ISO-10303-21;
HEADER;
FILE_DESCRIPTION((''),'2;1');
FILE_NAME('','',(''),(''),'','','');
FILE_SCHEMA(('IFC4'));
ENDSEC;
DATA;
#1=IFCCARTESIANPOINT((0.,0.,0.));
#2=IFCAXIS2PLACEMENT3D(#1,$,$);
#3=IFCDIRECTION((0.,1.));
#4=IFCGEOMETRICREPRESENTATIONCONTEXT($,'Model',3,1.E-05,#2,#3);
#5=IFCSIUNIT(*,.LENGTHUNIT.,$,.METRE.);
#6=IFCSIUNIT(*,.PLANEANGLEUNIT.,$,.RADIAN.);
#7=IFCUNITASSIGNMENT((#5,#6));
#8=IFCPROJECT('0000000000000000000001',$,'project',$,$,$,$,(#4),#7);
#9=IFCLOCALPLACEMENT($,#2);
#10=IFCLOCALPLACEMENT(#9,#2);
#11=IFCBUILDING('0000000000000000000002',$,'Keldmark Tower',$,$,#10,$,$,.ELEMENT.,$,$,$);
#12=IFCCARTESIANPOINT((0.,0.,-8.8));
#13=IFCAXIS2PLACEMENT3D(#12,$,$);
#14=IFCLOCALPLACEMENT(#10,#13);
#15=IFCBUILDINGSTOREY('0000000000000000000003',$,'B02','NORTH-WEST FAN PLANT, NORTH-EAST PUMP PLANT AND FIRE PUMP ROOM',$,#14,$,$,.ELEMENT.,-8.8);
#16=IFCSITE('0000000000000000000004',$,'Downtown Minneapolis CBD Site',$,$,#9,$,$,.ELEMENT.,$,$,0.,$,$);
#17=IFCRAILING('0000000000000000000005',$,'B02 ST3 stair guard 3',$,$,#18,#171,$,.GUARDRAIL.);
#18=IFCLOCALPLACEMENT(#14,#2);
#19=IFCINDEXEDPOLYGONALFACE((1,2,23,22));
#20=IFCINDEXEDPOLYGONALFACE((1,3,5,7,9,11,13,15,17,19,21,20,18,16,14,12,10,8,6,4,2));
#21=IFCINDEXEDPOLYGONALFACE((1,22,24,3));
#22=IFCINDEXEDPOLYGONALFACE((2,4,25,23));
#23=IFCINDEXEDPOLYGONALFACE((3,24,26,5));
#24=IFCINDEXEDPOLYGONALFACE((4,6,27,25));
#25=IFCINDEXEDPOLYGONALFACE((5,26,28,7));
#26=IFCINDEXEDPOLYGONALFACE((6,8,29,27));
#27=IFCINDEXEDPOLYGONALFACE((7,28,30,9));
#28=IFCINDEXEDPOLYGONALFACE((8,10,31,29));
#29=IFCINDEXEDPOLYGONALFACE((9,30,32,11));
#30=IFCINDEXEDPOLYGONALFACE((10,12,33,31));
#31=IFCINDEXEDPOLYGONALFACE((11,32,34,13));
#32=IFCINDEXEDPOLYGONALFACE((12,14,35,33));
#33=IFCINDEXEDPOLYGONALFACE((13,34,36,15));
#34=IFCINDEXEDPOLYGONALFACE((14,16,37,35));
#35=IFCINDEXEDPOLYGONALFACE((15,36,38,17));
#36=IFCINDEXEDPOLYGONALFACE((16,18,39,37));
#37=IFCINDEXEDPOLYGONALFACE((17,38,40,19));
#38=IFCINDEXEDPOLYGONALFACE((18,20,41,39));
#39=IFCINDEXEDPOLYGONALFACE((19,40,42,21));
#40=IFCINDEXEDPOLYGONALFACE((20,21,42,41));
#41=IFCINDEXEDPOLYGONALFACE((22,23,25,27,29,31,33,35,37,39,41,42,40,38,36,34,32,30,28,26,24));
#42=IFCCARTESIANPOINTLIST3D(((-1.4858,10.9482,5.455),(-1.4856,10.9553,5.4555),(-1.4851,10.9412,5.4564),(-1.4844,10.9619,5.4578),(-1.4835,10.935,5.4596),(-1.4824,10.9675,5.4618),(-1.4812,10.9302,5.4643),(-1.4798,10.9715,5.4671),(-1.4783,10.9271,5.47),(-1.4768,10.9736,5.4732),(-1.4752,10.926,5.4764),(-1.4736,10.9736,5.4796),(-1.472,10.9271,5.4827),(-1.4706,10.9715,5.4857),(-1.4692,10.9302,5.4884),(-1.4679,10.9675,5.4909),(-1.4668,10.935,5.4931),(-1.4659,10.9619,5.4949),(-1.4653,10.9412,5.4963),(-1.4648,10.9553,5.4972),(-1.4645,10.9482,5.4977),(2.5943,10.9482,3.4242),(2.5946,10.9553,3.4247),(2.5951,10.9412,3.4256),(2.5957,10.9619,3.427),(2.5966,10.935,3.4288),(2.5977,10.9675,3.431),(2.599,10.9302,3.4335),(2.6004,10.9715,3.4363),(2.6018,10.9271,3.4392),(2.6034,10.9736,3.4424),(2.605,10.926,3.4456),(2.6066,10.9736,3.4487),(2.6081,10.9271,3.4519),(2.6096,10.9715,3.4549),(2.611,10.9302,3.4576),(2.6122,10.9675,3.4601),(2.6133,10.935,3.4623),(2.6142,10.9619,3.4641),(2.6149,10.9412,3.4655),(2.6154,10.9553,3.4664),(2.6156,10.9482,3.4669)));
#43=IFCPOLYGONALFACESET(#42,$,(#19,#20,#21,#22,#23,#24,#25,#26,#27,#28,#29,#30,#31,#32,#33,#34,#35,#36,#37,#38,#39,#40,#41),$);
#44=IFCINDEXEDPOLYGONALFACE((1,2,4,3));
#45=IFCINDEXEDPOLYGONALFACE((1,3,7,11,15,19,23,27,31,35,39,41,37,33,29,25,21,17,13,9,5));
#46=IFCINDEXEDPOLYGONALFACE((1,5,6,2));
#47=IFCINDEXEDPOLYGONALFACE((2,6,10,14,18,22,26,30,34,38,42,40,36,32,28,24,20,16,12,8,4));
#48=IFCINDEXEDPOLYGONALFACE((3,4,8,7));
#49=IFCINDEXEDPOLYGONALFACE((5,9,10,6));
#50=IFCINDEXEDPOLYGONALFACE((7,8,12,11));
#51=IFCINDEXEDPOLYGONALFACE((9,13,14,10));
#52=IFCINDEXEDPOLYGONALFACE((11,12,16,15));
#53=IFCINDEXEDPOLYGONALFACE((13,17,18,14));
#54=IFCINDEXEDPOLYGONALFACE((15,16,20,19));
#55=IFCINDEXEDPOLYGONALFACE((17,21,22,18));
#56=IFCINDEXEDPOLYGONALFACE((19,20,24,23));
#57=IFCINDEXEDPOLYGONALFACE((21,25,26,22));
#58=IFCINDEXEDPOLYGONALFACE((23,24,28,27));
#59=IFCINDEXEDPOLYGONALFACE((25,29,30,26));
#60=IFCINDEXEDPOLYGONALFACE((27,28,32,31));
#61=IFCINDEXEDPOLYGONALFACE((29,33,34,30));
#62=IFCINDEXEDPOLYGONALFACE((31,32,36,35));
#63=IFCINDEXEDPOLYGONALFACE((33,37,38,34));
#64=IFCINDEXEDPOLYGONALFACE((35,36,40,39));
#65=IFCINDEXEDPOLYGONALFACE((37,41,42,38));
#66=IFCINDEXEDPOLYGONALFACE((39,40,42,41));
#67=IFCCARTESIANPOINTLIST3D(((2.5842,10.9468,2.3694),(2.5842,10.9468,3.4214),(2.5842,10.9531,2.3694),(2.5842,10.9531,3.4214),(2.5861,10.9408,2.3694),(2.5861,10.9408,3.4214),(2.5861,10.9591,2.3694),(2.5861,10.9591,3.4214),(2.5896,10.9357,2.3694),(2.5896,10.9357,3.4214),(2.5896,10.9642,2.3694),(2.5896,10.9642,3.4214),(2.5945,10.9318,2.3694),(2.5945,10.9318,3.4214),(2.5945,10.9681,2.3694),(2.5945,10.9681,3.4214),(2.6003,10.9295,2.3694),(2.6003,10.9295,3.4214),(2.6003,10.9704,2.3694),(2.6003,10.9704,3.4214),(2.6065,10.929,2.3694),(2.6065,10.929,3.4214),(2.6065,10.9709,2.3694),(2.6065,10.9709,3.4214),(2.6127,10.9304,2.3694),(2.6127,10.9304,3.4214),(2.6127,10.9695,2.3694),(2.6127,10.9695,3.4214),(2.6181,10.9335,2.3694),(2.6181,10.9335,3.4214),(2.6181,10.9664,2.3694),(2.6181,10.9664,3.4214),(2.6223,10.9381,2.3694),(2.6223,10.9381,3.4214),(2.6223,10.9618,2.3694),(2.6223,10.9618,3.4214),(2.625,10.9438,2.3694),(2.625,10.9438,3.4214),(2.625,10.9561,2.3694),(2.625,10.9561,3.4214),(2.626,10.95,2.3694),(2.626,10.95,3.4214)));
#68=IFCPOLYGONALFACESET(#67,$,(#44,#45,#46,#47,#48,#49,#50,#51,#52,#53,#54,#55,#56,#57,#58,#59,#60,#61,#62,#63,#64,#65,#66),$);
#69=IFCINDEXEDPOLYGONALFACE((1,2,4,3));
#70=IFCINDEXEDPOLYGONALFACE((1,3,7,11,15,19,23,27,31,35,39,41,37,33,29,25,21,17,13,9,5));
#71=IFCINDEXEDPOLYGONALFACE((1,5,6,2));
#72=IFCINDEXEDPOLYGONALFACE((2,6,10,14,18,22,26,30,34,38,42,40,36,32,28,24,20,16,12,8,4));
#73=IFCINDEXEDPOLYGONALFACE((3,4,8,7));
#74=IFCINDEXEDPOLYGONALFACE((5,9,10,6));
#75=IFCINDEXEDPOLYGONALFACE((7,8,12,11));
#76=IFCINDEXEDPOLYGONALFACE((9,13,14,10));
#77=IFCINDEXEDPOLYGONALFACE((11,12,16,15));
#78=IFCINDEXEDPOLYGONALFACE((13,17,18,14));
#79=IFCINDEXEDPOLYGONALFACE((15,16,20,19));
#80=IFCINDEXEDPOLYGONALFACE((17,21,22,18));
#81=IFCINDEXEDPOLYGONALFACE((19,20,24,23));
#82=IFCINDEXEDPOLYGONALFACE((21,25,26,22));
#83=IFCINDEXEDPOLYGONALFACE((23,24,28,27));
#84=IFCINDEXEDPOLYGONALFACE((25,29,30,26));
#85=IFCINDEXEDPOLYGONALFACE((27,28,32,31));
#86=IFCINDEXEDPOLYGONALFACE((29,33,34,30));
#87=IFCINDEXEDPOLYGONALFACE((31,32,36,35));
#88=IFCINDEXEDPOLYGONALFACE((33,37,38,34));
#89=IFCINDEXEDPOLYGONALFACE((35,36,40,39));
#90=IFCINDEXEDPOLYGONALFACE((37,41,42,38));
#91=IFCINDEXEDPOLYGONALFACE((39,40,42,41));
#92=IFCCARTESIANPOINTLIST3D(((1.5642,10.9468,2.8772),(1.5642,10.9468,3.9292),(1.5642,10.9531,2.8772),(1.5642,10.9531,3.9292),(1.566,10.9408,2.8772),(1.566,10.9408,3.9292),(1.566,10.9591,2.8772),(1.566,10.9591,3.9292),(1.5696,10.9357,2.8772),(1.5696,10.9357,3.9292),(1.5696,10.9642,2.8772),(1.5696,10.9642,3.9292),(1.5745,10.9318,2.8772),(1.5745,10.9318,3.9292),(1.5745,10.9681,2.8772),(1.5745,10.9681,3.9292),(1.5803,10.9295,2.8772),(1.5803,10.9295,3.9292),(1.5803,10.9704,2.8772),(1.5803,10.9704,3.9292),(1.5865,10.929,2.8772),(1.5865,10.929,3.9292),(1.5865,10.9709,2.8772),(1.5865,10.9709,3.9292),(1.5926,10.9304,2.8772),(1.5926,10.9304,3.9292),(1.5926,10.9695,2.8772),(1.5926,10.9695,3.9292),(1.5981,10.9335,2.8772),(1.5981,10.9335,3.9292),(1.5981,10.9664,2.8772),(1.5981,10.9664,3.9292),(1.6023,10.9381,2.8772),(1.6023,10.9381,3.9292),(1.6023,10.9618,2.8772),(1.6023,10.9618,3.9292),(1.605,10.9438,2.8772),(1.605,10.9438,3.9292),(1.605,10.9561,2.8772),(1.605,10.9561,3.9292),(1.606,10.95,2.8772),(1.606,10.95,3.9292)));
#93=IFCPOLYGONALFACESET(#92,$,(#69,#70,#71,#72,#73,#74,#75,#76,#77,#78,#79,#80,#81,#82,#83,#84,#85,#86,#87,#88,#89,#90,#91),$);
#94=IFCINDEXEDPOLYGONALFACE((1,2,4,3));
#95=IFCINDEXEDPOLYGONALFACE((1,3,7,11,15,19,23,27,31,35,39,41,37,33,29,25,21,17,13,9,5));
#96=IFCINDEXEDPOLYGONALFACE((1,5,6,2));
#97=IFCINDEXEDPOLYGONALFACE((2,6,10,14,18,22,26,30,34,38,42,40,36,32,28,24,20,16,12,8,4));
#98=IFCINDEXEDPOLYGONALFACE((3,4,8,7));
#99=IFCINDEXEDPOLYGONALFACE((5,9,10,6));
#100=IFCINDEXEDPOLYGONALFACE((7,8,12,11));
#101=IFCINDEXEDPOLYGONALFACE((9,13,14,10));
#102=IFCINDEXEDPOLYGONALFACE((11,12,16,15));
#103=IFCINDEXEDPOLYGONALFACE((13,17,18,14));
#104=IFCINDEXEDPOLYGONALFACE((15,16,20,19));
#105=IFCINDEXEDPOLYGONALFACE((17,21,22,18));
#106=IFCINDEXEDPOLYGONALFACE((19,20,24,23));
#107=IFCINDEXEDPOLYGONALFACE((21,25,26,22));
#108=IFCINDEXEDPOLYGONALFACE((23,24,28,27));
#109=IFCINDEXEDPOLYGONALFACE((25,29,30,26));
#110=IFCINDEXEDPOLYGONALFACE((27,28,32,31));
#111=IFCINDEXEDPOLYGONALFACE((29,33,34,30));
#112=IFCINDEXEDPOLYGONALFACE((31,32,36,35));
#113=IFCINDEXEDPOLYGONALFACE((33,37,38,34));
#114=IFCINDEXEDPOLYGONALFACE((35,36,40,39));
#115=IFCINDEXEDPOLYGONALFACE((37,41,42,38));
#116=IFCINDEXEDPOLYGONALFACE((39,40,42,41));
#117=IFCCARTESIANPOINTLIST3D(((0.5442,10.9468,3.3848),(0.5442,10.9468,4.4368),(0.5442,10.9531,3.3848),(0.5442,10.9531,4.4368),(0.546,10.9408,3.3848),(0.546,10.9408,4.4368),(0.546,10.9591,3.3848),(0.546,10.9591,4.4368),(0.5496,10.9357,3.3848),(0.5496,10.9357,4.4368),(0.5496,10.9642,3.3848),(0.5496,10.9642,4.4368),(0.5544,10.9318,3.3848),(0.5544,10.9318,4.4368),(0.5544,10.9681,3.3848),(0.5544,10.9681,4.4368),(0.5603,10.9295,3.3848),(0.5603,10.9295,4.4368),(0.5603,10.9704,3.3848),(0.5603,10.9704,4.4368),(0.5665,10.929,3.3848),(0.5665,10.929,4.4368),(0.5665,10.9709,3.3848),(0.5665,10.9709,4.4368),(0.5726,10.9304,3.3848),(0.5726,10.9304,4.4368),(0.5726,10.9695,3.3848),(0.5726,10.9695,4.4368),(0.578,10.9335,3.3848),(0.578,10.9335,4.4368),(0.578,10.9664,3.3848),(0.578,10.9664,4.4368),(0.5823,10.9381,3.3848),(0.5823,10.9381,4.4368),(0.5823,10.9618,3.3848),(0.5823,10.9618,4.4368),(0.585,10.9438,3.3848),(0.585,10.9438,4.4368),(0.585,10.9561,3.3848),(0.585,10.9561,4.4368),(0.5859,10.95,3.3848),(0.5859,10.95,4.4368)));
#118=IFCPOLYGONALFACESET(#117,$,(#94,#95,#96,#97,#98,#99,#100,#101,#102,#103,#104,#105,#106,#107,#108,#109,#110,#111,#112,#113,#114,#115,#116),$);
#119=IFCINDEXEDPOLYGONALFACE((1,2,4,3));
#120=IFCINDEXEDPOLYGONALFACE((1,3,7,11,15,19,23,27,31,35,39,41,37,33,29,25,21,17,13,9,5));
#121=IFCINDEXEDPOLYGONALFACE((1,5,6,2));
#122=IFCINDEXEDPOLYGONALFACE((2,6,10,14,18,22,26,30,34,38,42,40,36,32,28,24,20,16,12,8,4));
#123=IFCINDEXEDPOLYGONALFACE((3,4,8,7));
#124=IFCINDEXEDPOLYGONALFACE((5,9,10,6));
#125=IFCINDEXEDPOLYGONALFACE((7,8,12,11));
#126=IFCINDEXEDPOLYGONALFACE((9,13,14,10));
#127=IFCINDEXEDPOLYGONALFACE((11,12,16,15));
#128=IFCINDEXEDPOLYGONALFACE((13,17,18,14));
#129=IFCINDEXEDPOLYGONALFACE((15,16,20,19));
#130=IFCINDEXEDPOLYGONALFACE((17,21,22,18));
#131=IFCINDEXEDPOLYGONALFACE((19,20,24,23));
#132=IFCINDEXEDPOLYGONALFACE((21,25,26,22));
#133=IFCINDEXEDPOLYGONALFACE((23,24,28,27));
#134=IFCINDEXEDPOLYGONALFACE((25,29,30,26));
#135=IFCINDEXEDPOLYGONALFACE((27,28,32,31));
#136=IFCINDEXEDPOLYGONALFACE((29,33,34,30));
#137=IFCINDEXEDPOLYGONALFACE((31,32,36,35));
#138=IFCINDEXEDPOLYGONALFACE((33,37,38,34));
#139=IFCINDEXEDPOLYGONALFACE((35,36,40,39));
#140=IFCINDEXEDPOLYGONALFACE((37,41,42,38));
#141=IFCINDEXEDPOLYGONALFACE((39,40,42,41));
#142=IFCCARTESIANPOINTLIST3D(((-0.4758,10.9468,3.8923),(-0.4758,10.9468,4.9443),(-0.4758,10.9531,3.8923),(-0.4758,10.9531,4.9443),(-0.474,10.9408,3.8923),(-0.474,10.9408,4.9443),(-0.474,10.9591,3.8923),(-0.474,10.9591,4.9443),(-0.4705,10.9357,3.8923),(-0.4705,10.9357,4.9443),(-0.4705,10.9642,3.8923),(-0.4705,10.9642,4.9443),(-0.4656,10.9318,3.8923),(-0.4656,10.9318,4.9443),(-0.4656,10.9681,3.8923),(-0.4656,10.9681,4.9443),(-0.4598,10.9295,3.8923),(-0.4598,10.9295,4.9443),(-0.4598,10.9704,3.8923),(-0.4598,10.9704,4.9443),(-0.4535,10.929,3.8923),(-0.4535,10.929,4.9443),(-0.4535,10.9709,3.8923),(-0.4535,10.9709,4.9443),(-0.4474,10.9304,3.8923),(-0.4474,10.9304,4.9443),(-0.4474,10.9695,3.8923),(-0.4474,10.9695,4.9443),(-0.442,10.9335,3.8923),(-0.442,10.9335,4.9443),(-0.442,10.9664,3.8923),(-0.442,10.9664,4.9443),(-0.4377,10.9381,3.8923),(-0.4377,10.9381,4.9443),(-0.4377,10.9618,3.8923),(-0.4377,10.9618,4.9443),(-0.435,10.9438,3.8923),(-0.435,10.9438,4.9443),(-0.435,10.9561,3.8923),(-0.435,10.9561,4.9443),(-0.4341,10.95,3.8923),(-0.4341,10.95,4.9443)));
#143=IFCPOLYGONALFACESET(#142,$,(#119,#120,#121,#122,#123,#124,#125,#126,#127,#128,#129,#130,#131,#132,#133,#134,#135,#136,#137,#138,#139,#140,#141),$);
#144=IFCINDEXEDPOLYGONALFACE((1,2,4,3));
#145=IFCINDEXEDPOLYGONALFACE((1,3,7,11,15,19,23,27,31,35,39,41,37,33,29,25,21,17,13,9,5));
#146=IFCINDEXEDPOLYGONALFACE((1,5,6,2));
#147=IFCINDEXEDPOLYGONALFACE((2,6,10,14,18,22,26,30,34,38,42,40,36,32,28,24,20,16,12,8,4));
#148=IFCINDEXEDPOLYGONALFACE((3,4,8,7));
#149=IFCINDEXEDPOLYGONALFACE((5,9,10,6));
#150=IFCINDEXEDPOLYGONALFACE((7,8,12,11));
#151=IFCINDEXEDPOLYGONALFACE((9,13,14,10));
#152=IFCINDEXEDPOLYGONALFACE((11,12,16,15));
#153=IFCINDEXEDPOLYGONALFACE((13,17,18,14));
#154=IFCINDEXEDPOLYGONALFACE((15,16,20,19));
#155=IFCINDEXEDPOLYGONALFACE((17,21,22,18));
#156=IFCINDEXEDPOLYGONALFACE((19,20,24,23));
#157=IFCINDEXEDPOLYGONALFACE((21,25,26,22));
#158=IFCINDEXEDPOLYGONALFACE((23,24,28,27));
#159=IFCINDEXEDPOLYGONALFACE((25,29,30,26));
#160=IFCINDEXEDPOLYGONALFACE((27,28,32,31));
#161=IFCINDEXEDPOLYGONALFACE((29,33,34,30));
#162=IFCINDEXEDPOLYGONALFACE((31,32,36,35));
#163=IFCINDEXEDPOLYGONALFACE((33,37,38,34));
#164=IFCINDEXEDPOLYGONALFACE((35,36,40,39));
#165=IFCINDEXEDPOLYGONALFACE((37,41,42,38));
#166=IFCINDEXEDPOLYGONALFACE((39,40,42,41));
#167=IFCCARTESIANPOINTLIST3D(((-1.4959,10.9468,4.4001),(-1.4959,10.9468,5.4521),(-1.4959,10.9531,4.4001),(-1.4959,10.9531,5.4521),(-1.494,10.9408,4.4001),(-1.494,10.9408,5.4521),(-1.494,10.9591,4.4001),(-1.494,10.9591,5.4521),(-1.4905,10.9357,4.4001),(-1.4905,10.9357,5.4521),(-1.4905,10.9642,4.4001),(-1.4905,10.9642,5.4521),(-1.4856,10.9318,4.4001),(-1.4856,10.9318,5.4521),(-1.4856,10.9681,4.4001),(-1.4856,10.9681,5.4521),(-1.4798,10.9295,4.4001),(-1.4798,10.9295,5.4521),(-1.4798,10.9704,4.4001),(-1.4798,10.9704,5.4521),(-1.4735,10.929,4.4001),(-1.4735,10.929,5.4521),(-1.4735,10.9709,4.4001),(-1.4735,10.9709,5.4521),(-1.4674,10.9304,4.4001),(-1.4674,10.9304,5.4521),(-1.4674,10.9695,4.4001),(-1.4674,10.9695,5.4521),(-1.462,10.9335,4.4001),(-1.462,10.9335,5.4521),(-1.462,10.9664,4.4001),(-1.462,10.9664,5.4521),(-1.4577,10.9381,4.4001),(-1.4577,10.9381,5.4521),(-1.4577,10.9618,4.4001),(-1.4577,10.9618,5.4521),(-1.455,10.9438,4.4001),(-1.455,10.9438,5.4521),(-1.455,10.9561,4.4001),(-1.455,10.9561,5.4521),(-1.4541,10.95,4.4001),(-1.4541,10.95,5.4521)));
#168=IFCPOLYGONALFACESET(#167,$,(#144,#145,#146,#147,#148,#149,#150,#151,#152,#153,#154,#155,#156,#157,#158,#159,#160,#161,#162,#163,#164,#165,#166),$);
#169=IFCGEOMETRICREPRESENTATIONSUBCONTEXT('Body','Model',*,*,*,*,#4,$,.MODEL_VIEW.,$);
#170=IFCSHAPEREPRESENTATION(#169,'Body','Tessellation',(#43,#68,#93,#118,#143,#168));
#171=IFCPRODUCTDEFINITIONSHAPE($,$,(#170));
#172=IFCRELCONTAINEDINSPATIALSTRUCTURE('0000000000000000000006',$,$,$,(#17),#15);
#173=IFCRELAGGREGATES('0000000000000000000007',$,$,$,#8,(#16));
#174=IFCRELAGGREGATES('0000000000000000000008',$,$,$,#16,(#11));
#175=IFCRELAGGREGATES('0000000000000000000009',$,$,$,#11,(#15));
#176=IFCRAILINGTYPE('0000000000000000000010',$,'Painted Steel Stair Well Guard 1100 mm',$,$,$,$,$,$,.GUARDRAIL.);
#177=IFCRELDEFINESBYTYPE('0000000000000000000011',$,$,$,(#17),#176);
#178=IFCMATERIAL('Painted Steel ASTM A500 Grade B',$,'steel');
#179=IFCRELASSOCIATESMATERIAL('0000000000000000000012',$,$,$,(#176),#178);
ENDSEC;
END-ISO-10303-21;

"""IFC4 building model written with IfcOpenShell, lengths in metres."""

from ifc_helpers import new_model, si_unit, direction, frame, origin, origin_2d, place, context, subcontext, project, spatial, circle, extrude, material, type_object, element, save


model = new_model("IFC4")

# Units and contexts
model_context = context("Model", 3, precision=1e-05, world=origin(), true_north=direction((0.0, 1.0)))
body_context = subcontext(model_context, "Body", "Model", "MODEL_VIEW")
ifc_project = project(units=[si_unit("LENGTHUNIT", "METRE"), si_unit("PLANEANGLEUNIT", "RADIAN")], contexts=[model_context])

# Site, building, storey
site_placement = place(None, origin())
site = spatial("IfcSite", under=ifc_project, at=site_placement, Name="Downtown Minneapolis CBD Site", CompositionType="ELEMENT", RefElevation=0.0)
building_placement = place(site_placement, origin())
building = spatial("IfcBuilding", under=site, at=building_placement, Name="Keldmark Tower", CompositionType="ELEMENT")
storey_placement = place(building_placement, frame((0.0, 0.0, -8.8)))
storey = spatial("IfcBuildingStorey", under=building, at=storey_placement, Name="B02", Description="NORTH-WEST FAN PLANT, NORTH-EAST PUMP PLANT AND FIRE PUMP ROOM", CompositionType="ELEMENT", Elevation=-8.8)

# Railing
ifc_material_1 = material(Name="Painted Steel ASTM A500 Grade B", Category="steel")
railing_type_1 = type_object("IfcRailingType", Name="Painted Steel Stair Well Guard 1100 mm", PredefinedType="GUARDRAIL", material=ifc_material_1)
railing_1_placement = place(storey_placement, frame((2.605, 10.95, 2.3694)))
element("IfcRailing", 1, at=railing_1_placement, inside=storey, type_object=railing_type_1, Name="B02 ST3 stair guard 3", PredefinedType="GUARDRAIL", context=body_context, shape_type="SweptSolid", body=[
    extrude(circle(Radius=0.0239, at=origin_2d()), frame((0.0, 0.0, 1.0762), z_axis=(-0.89524, 0.0, 0.445584), x_axis=(0.0, -1.0, 0.0)), (0.0, 0.0, 1.0), 4.5576),
    extrude(circle(Radius=0.021, at=origin_2d()), origin(), (0.0, 0.0, 1.0), 1.052),
    extrude(circle(Radius=0.021, at=origin_2d()), frame((-1.02, 0.0, 0.5078)), (0.0, 0.0, 1.0), 1.052),
    extrude(circle(Radius=0.021, at=origin_2d()), frame((-2.04, 0.0, 1.0154)), (0.0, 0.0, 1.0), 1.052),
    extrude(circle(Radius=0.021, at=origin_2d()), frame((-3.0601, 0.0, 1.5229)), (0.0, 0.0, 1.0), 1.052),
    extrude(circle(Radius=0.021, at=origin_2d()), frame((-4.0801, 0.0, 2.0308)), (0.0, 0.0, 1.0), 1.052),
])

save(model, "model.ifc")
